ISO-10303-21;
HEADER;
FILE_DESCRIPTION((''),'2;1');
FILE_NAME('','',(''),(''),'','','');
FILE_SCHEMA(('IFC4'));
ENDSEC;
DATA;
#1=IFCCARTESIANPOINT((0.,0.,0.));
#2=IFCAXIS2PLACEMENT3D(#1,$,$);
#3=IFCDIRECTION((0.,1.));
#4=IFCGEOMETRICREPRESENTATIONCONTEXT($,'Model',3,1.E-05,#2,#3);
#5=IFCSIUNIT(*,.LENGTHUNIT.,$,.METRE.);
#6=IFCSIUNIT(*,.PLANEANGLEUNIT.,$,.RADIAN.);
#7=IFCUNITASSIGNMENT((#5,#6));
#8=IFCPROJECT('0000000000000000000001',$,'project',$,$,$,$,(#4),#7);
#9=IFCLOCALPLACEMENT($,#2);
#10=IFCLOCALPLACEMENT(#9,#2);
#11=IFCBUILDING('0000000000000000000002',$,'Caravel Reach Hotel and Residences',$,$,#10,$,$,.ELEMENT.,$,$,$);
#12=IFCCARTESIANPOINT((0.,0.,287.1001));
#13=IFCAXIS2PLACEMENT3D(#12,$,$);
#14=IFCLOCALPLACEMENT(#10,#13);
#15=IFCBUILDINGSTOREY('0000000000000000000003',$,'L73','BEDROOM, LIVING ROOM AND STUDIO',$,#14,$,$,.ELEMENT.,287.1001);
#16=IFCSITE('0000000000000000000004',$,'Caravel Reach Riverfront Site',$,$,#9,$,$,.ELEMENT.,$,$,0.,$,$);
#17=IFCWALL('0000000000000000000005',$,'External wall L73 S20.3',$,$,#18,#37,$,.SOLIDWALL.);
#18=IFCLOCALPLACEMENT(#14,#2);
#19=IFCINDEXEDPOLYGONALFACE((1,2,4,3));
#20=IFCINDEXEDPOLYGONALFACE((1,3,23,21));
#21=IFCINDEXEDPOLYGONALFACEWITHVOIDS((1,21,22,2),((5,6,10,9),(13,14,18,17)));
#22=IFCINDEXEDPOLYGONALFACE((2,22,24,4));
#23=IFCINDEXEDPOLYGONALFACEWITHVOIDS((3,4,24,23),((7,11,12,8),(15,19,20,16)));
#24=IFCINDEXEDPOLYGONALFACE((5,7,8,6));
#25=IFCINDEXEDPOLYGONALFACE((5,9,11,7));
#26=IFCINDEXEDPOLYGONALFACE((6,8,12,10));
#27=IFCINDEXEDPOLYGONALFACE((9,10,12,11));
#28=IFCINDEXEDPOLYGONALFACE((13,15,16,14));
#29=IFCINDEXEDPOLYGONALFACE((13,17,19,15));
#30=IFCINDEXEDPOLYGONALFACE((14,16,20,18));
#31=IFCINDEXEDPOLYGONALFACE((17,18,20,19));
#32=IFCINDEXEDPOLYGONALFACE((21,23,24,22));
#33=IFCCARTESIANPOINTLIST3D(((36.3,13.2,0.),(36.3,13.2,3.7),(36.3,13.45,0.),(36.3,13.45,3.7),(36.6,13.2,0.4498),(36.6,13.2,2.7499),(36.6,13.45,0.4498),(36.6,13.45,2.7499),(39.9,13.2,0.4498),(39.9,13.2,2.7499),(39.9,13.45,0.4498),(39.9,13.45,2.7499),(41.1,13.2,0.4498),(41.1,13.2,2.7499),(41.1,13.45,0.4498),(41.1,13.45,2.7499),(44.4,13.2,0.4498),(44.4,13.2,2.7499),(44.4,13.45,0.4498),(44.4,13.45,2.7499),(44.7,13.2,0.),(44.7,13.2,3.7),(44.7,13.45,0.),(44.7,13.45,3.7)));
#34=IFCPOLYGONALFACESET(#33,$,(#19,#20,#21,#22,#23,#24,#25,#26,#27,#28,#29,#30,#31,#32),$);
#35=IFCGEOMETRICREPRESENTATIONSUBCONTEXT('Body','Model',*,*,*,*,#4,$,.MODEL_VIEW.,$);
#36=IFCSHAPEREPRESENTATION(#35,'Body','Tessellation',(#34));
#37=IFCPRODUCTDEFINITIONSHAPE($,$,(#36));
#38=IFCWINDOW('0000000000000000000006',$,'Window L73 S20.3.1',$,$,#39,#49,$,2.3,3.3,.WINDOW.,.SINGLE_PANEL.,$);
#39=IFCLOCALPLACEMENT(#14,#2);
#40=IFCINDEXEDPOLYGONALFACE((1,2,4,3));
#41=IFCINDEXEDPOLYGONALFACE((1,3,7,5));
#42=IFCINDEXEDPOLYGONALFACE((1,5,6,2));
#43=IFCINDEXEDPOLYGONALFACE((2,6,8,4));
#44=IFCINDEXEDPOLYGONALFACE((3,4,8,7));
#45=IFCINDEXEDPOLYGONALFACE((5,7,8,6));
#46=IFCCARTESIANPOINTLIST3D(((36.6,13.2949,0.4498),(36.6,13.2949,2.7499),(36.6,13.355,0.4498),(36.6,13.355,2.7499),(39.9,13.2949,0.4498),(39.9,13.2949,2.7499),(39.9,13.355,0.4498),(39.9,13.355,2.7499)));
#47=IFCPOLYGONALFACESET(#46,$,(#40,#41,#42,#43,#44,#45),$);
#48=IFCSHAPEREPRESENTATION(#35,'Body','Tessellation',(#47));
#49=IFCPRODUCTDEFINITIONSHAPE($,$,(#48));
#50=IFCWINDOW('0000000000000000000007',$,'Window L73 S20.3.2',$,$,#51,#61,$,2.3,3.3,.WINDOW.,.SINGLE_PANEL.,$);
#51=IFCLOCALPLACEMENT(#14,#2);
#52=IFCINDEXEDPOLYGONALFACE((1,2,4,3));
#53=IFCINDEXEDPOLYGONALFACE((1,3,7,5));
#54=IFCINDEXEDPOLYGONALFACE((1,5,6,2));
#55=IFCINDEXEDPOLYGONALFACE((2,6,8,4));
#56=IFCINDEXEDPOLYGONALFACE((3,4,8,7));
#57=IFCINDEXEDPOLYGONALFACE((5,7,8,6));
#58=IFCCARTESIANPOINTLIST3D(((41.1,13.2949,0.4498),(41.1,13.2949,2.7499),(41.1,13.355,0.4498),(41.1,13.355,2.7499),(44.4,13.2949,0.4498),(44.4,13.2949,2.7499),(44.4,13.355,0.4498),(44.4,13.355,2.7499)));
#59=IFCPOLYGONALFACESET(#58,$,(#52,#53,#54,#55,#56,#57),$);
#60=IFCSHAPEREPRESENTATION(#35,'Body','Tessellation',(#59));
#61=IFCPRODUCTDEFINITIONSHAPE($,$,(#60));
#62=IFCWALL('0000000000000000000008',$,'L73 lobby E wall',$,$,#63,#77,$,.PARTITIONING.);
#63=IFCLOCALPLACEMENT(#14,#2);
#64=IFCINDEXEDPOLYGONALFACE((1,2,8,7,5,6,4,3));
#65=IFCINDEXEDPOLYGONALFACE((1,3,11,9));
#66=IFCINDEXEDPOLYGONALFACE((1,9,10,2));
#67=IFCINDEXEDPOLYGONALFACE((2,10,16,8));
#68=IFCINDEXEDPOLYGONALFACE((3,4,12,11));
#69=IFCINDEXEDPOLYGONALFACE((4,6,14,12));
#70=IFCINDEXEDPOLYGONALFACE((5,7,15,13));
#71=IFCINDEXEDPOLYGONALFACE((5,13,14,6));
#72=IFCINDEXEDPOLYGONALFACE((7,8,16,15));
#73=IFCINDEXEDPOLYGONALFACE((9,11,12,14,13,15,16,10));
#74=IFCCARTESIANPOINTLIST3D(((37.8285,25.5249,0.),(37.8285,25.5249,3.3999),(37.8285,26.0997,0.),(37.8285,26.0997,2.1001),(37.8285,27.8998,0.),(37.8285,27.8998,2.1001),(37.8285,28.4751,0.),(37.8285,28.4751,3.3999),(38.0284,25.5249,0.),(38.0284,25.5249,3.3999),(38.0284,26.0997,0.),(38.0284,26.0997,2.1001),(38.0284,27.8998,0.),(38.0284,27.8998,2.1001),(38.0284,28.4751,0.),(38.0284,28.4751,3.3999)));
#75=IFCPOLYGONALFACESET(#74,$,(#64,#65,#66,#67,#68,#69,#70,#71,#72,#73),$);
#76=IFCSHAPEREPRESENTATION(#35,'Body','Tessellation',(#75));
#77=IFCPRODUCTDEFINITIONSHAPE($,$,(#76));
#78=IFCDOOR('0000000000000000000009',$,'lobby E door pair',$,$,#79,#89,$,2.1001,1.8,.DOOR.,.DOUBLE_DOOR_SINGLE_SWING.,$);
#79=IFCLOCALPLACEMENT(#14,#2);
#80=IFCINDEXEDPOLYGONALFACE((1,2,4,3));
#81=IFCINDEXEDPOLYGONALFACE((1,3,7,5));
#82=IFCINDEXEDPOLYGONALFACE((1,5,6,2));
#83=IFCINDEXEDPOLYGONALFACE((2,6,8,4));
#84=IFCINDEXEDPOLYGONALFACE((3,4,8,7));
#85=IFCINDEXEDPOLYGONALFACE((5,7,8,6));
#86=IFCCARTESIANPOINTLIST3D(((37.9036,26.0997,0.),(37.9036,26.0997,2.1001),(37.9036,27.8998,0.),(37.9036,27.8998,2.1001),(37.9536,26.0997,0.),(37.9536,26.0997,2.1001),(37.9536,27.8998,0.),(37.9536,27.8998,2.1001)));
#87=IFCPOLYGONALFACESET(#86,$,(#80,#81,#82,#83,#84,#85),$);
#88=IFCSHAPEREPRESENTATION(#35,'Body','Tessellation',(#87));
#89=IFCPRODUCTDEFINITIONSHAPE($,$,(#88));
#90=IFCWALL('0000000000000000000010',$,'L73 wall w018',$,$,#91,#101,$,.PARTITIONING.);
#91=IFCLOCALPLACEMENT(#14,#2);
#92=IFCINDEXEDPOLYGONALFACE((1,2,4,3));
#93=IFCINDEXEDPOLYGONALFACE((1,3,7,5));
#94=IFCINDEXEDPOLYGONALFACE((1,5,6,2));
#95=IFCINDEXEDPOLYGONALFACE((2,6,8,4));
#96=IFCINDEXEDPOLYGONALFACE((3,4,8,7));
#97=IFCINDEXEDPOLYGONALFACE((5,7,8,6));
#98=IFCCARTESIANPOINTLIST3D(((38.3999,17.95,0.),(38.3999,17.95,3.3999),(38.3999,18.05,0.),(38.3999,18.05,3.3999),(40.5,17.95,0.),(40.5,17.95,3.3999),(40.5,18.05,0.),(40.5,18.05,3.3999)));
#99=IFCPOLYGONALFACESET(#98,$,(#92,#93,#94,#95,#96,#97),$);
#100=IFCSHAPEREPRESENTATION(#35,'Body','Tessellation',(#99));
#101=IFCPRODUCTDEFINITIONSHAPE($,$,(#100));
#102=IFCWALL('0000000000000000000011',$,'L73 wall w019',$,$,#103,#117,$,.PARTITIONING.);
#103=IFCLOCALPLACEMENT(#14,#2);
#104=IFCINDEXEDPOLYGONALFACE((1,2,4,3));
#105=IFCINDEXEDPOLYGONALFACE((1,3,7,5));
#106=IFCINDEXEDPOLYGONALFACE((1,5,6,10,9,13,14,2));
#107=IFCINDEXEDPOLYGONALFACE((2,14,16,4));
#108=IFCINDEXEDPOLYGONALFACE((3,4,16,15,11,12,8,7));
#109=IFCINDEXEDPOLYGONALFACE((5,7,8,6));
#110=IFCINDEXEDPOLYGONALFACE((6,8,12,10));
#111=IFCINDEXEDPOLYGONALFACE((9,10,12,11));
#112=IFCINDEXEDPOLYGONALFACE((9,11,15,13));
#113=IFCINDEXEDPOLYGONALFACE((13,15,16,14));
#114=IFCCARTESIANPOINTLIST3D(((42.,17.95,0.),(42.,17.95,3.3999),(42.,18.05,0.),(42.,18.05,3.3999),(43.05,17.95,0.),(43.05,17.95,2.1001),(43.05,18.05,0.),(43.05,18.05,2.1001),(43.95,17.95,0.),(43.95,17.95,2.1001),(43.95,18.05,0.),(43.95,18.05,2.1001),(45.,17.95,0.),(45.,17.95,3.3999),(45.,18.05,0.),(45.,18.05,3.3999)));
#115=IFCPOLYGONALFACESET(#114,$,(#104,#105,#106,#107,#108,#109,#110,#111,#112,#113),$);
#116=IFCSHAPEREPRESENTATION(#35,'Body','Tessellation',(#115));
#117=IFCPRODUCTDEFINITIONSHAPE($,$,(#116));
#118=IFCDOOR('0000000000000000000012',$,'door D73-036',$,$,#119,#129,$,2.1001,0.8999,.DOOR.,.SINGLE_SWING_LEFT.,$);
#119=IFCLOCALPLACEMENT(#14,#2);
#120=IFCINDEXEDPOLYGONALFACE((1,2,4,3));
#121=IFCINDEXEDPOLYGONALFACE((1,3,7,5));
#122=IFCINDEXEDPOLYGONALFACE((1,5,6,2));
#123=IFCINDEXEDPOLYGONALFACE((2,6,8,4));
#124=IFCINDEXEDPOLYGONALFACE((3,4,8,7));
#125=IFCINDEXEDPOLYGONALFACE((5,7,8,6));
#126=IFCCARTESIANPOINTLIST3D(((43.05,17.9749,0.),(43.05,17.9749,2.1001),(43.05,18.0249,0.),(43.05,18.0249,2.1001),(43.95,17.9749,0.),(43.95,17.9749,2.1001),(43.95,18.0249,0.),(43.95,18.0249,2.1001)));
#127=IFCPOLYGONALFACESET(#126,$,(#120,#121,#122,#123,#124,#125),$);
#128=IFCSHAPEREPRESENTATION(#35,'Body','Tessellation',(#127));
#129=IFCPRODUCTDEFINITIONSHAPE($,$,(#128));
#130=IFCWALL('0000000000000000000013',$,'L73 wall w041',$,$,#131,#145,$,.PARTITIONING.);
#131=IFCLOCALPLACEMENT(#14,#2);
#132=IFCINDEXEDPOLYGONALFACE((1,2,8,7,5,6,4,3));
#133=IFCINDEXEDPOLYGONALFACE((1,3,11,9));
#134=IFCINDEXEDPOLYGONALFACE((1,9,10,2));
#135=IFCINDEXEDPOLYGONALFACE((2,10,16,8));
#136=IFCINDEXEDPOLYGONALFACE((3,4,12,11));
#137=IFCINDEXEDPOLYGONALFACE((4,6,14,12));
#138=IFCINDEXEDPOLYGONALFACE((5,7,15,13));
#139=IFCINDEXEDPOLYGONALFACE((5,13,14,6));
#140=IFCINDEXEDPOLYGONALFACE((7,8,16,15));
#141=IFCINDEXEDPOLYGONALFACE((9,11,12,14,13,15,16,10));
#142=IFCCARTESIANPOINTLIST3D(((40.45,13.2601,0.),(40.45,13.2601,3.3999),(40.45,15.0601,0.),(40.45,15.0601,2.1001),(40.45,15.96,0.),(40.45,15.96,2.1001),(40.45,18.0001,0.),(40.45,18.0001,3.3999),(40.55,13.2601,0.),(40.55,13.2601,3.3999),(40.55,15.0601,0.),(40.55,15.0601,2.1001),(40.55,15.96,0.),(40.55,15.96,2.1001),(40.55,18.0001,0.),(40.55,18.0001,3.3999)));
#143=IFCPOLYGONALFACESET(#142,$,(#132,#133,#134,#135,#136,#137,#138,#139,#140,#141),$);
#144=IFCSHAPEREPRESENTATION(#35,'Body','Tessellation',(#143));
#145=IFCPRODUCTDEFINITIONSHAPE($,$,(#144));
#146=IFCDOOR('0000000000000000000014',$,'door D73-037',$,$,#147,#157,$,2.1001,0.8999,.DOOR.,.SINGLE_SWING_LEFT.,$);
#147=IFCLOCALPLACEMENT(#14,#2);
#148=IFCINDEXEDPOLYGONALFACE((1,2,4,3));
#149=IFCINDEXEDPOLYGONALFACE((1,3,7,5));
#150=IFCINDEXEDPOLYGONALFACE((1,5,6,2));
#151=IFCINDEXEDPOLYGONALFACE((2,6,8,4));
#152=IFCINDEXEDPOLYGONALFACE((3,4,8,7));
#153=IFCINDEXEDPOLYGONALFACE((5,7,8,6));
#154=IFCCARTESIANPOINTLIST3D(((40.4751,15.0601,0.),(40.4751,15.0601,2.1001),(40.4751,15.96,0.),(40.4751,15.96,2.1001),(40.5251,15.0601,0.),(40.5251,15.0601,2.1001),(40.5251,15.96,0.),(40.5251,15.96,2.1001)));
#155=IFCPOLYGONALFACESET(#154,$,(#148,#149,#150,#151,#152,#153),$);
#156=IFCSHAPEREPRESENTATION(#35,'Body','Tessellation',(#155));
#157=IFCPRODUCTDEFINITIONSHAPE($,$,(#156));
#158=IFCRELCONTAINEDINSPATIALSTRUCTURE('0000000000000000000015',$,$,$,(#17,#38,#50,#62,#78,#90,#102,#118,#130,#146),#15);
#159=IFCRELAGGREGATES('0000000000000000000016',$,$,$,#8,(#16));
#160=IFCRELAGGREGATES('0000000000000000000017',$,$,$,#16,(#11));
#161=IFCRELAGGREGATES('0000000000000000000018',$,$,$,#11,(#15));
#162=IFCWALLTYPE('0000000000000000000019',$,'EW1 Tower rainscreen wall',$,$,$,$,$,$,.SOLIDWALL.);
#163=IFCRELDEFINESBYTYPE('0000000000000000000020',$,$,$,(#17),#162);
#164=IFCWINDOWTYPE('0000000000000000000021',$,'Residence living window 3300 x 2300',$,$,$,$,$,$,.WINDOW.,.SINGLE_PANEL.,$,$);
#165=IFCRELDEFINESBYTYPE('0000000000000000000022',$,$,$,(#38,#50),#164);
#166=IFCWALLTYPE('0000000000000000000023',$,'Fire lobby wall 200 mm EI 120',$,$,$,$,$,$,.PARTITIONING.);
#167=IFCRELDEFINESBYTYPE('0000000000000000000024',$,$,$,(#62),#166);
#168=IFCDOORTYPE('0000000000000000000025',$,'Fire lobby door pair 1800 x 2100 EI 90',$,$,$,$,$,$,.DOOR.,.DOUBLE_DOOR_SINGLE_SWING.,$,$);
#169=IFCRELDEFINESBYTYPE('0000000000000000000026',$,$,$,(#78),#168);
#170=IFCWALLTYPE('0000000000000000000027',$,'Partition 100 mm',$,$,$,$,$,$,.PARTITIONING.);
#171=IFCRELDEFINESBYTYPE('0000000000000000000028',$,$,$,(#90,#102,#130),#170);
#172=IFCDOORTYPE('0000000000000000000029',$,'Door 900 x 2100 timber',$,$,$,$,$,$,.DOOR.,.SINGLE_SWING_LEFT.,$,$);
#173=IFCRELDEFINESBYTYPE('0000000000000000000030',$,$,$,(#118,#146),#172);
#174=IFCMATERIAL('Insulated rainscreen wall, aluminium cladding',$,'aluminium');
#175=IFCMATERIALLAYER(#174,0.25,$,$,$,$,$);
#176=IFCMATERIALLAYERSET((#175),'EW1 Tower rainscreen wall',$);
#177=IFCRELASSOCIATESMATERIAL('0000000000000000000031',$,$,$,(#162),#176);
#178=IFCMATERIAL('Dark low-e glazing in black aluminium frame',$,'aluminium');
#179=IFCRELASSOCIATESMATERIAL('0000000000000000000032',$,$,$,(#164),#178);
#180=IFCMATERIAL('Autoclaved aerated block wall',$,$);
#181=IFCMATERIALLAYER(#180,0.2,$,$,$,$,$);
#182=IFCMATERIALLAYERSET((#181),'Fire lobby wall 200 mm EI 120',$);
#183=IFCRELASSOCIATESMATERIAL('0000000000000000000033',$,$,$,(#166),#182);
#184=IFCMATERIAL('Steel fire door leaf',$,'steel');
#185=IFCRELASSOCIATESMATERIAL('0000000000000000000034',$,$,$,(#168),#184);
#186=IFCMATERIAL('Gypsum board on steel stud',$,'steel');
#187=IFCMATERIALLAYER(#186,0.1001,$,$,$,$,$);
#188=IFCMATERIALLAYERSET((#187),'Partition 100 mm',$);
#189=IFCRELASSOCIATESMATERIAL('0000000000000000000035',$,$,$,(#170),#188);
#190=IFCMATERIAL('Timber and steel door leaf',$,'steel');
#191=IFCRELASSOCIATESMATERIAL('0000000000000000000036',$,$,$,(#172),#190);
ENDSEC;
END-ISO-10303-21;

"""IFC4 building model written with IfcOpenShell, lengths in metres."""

from ifc_helpers import new_model, si_unit, direction, frame, frame_2d, origin, place, context, subcontext, project, spatial, rectangle, extrude, material, layer, layer_set, type_object, element, fill, save


model = new_model("IFC4")

# Units and contexts
model_context = context("Model", 3, precision=1e-05, world=origin(), true_north=direction((0.0, 1.0)))
body_context = subcontext(model_context, "Body", "Model", "MODEL_VIEW")
ifc_project = project(units=[si_unit("LENGTHUNIT", "METRE"), si_unit("PLANEANGLEUNIT", "RADIAN")], contexts=[model_context])

# Site, building, storey
site_placement = place(None, origin())
site = spatial("IfcSite", under=ifc_project, at=site_placement, Name="Caravel Reach Riverfront Site", CompositionType="ELEMENT", RefElevation=0.0)
building_placement = place(site_placement, origin())
building = spatial("IfcBuilding", under=site, at=building_placement, Name="Caravel Reach Hotel and Residences", CompositionType="ELEMENT")
storey_placement = place(building_placement, frame((0.0, 0.0, 287.1001)))
storey = spatial("IfcBuildingStorey", under=building, at=storey_placement, Name="L73", Description="BEDROOM, LIVING ROOM AND STUDIO", CompositionType="ELEMENT", Elevation=287.1001)

# Wall, openings, windows
ifc_material_1 = material(Name="Insulated rainscreen wall, aluminium cladding", Category="aluminium")
ifc_layer_1 = layer(ifc_material_1, 0.25)
ifc_layer_set_1 = layer_set([ifc_layer_1], Name="EW1 Tower rainscreen wall")
wall_type_1 = type_object("IfcWallType", Name="EW1 Tower rainscreen wall", PredefinedType="SOLIDWALL", material=ifc_layer_set_1)
wall_1_placement = place(storey_placement, frame((36.3, 13.325, 0.0), z_axis=(0.0, 0.0, 1.0), x_axis=(1.0, 0.0, 0.0)))
wall_1 = element("IfcWall", 1, at=wall_1_placement, inside=storey, type_object=wall_type_1, Name="External wall L73 S20.3", PredefinedType="SOLIDWALL", context=body_context, shape_type="SweptSolid", body=[
    extrude(rectangle(XDim=8.3999, YDim=0.25, at=frame_2d((4.2, 0.0))), origin(), (0.0, 0.0, 1.0), 3.7),
])
opening_1_placement = place(wall_1_placement, frame((0.3, 0.0, 0.45)))
opening_1 = element("IfcOpeningElement", 2, at=opening_1_placement, cuts=wall_1, PredefinedType="OPENING", context=body_context, shape_type="SweptSolid", body=[
    extrude(rectangle(XDim=3.3, YDim=2.3, at=frame_2d((1.6499, 1.1499))), frame((0.0, 0.135, 0.0), z_axis=(0.0, -1.0, 0.0), x_axis=(1.0, 0.0, 0.0)), (0.0, 0.0, 1.0), 0.27),
])
opening_2_placement = place(wall_1_placement, frame((4.8, 0.0, 0.45)))
opening_2 = element("IfcOpeningElement", 3, at=opening_2_placement, cuts=wall_1, PredefinedType="OPENING", context=body_context, shape_type="SweptSolid", body=[
    extrude(rectangle(XDim=3.3, YDim=2.3, at=frame_2d((1.6499, 1.1499))), frame((0.0, 0.135, 0.0), z_axis=(0.0, -1.0, 0.0), x_axis=(1.0, 0.0, 0.0)), (0.0, 0.0, 1.0), 0.27),
])
ifc_material_2 = material(Name="Dark low-e glazing in black aluminium frame", Category="aluminium")
window_type = type_object("IfcWindowType", Name="Residence living window 3300 x 2300", PartitioningType="SINGLE_PANEL", PredefinedType="WINDOW", material=ifc_material_2)
window_1_placement = place(opening_1_placement, origin())
window_1 = element("IfcWindow", 4, at=window_1_placement, inside=storey, type_object=window_type, Name="Window L73 S20.3.1", OverallHeight=2.3, OverallWidth=3.3, PartitioningType="SINGLE_PANEL", PredefinedType="WINDOW", context=body_context, shape_type="SweptSolid", body=[
    extrude(rectangle(XDim=3.3, YDim=2.3, at=frame_2d((1.6499, 1.1499))), frame((0.0, 0.03, 0.0), z_axis=(0.0, -1.0, 0.0), x_axis=(1.0, 0.0, 0.0)), (0.0, 0.0, 1.0), 0.0601),
])
fill(opening_1, window_1)
window_2_placement = place(opening_2_placement, origin())
window_2 = element("IfcWindow", 5, at=window_2_placement, inside=storey, type_object=window_type, Name="Window L73 S20.3.2", OverallHeight=2.3, OverallWidth=3.3, PartitioningType="SINGLE_PANEL", PredefinedType="WINDOW", context=body_context, shape_type="SweptSolid", body=[
    extrude(rectangle(XDim=3.3, YDim=2.3, at=frame_2d((1.6499, 1.1499))), frame((0.0, 0.03, 0.0), z_axis=(0.0, -1.0, 0.0), x_axis=(1.0, 0.0, 0.0)), (0.0, 0.0, 1.0), 0.0601),
])
fill(opening_2, window_2)

# Wall, opening, door
ifc_material_3 = material(Name="Autoclaved aerated block wall")
ifc_layer_2 = layer(ifc_material_3, 0.2)
ifc_layer_set_2 = layer_set([ifc_layer_2], Name="Fire lobby wall 200 mm EI 120")
wall_type_2 = type_object("IfcWallType", Name="Fire lobby wall 200 mm EI 120", PredefinedType="PARTITIONING", material=ifc_layer_set_2)
wall_2_placement = place(storey_placement, frame((37.9285, 25.5249, 0.0), z_axis=(0.0, 0.0, 1.0), x_axis=(0.0, 1.0, 0.0)))
wall_2 = element("IfcWall", 6, at=wall_2_placement, inside=storey, type_object=wall_type_2, Name="L73 lobby E wall", PredefinedType="PARTITIONING", context=body_context, shape_type="SweptSolid", body=[
    extrude(rectangle(XDim=2.9502, YDim=0.2, at=frame_2d((1.4751, 0.0))), origin(), (0.0, 0.0, 1.0), 3.3999),
])
opening_3_placement = place(wall_2_placement, frame((0.575, 0.0, 0.0)))
opening_3 = element("IfcOpeningElement", 7, at=opening_3_placement, cuts=wall_2, PredefinedType="OPENING", context=body_context, shape_type="SweptSolid", body=[
    extrude(rectangle(XDim=1.8, YDim=2.1001, at=frame_2d((0.8999, 1.05))), frame((0.0, 0.1099, 0.0), z_axis=(0.0, -1.0, 0.0), x_axis=(1.0, 0.0, 0.0)), (0.0, 0.0, 1.0), 0.22),
])
ifc_material_4 = material(Name="Steel fire door leaf", Category="steel")
door_type_1 = type_object("IfcDoorType", Name="Fire lobby door pair 1800 x 2100 EI 90", OperationType="DOUBLE_DOOR_SINGLE_SWING", PredefinedType="DOOR", material=ifc_material_4)
door_1_placement = place(opening_3_placement, origin())
door_1 = element("IfcDoor", 8, at=door_1_placement, inside=storey, type_object=door_type_1, Name="lobby E door pair", OperationType="DOUBLE_DOOR_SINGLE_SWING", OverallHeight=2.1001, OverallWidth=1.8, PredefinedType="DOOR", context=body_context, shape_type="SweptSolid", body=[
    extrude(rectangle(XDim=1.8, YDim=2.1001, at=frame_2d((0.8999, 1.05))), frame((0.0, 0.0249, 0.0), z_axis=(0.0, -1.0, 0.0), x_axis=(1.0, 0.0, 0.0)), (0.0, 0.0, 1.0), 0.05),
])
fill(opening_3, door_1)

# Wall
ifc_material_5 = material(Name="Gypsum board on steel stud", Category="steel")
ifc_layer_3 = layer(ifc_material_5, 0.1001)
ifc_layer_set_3 = layer_set([ifc_layer_3], Name="Partition 100 mm")
wall_type_3 = type_object("IfcWallType", Name="Partition 100 mm", PredefinedType="PARTITIONING", material=ifc_layer_set_3)
wall_3_placement = place(storey_placement, frame((38.3999, 18.0, 0.0), z_axis=(0.0, 0.0, 1.0), x_axis=(1.0, 0.0, 0.0)))
element("IfcWall", 9, at=wall_3_placement, inside=storey, type_object=wall_type_3, Name="L73 wall w018", PredefinedType="PARTITIONING", context=body_context, shape_type="SweptSolid", body=[
    extrude(rectangle(XDim=2.1001, YDim=0.1001, at=frame_2d((1.05, 0.0))), origin(), (0.0, 0.0, 1.0), 3.3999),
])

# Walls, openings, doors
wall_4_placement = place(storey_placement, frame((42.0, 18.0, 0.0), z_axis=(0.0, 0.0, 1.0), x_axis=(1.0, 0.0, 0.0)))
wall_4 = element("IfcWall", 10, at=wall_4_placement, inside=storey, type_object=wall_type_3, Name="L73 wall w019", PredefinedType="PARTITIONING", context=body_context, shape_type="SweptSolid", body=[
    extrude(rectangle(XDim=3.0, YDim=0.1001, at=frame_2d((1.5, 0.0))), origin(), (0.0, 0.0, 1.0), 3.3999),
])
opening_4_placement = place(wall_4_placement, frame((1.05, 0.0, 0.0)))
opening_4 = element("IfcOpeningElement", 11, at=opening_4_placement, cuts=wall_4, PredefinedType="OPENING", context=body_context, shape_type="SweptSolid", body=[
    extrude(rectangle(XDim=0.8999, YDim=2.1001, at=frame_2d((0.45, 1.05))), frame((0.0, 0.0601, 0.0), z_axis=(0.0, -1.0, 0.0), x_axis=(1.0, 0.0, 0.0)), (0.0, 0.0, 1.0), 0.1201),
])
ifc_material_6 = material(Name="Timber and steel door leaf", Category="steel")
door_type_2 = type_object("IfcDoorType", Name="Door 900 x 2100 timber", OperationType="SINGLE_SWING_LEFT", PredefinedType="DOOR", material=ifc_material_6)
door_2_placement = place(opening_4_placement, origin())
door_2 = element("IfcDoor", 12, at=door_2_placement, inside=storey, type_object=door_type_2, Name="door D73-036", OperationType="SINGLE_SWING_LEFT", OverallHeight=2.1001, OverallWidth=0.8999, PredefinedType="DOOR", context=body_context, shape_type="SweptSolid", body=[
    extrude(rectangle(XDim=0.8999, YDim=2.1001, at=frame_2d((0.45, 1.05))), frame((0.0, 0.0249, 0.0), z_axis=(0.0, -1.0, 0.0), x_axis=(1.0, 0.0, 0.0)), (0.0, 0.0, 1.0), 0.05),
])
fill(opening_4, door_2)
wall_5_placement = place(storey_placement, frame((40.5, 13.26, 0.0), z_axis=(0.0, 0.0, 1.0), x_axis=(0.0, 1.0, 0.0)))
wall_5 = element("IfcWall", 13, at=wall_5_placement, inside=storey, type_object=wall_type_3, Name="L73 wall w041", PredefinedType="PARTITIONING", context=body_context, shape_type="SweptSolid", body=[
    extrude(rectangle(XDim=4.74, YDim=0.1001, at=frame_2d((2.3701, 0.0))), origin(), (0.0, 0.0, 1.0), 3.3999),
])
opening_5_placement = place(wall_5_placement, frame((1.8, 0.0, 0.0)))
opening_5 = element("IfcOpeningElement", 14, at=opening_5_placement, cuts=wall_5, PredefinedType="OPENING", context=body_context, shape_type="SweptSolid", body=[
    extrude(rectangle(XDim=0.8999, YDim=2.1001, at=frame_2d((0.45, 1.05))), frame((0.0, 0.0601, 0.0), z_axis=(0.0, -1.0, 0.0), x_axis=(1.0, 0.0, 0.0)), (0.0, 0.0, 1.0), 0.1201),
])
door_3_placement = place(opening_5_placement, origin())
door_3 = element("IfcDoor", 15, at=door_3_placement, inside=storey, type_object=door_type_2, Name="door D73-037", OperationType="SINGLE_SWING_LEFT", OverallHeight=2.1001, OverallWidth=0.8999, PredefinedType="DOOR", context=body_context, shape_type="SweptSolid", body=[
    extrude(rectangle(XDim=0.8999, YDim=2.1001, at=frame_2d((0.45, 1.05))), frame((0.0, 0.0249, 0.0), z_axis=(0.0, -1.0, 0.0), x_axis=(1.0, 0.0, 0.0)), (0.0, 0.0, 1.0), 0.05),
])
fill(opening_5, door_3)

save(model, "model.ifc")
